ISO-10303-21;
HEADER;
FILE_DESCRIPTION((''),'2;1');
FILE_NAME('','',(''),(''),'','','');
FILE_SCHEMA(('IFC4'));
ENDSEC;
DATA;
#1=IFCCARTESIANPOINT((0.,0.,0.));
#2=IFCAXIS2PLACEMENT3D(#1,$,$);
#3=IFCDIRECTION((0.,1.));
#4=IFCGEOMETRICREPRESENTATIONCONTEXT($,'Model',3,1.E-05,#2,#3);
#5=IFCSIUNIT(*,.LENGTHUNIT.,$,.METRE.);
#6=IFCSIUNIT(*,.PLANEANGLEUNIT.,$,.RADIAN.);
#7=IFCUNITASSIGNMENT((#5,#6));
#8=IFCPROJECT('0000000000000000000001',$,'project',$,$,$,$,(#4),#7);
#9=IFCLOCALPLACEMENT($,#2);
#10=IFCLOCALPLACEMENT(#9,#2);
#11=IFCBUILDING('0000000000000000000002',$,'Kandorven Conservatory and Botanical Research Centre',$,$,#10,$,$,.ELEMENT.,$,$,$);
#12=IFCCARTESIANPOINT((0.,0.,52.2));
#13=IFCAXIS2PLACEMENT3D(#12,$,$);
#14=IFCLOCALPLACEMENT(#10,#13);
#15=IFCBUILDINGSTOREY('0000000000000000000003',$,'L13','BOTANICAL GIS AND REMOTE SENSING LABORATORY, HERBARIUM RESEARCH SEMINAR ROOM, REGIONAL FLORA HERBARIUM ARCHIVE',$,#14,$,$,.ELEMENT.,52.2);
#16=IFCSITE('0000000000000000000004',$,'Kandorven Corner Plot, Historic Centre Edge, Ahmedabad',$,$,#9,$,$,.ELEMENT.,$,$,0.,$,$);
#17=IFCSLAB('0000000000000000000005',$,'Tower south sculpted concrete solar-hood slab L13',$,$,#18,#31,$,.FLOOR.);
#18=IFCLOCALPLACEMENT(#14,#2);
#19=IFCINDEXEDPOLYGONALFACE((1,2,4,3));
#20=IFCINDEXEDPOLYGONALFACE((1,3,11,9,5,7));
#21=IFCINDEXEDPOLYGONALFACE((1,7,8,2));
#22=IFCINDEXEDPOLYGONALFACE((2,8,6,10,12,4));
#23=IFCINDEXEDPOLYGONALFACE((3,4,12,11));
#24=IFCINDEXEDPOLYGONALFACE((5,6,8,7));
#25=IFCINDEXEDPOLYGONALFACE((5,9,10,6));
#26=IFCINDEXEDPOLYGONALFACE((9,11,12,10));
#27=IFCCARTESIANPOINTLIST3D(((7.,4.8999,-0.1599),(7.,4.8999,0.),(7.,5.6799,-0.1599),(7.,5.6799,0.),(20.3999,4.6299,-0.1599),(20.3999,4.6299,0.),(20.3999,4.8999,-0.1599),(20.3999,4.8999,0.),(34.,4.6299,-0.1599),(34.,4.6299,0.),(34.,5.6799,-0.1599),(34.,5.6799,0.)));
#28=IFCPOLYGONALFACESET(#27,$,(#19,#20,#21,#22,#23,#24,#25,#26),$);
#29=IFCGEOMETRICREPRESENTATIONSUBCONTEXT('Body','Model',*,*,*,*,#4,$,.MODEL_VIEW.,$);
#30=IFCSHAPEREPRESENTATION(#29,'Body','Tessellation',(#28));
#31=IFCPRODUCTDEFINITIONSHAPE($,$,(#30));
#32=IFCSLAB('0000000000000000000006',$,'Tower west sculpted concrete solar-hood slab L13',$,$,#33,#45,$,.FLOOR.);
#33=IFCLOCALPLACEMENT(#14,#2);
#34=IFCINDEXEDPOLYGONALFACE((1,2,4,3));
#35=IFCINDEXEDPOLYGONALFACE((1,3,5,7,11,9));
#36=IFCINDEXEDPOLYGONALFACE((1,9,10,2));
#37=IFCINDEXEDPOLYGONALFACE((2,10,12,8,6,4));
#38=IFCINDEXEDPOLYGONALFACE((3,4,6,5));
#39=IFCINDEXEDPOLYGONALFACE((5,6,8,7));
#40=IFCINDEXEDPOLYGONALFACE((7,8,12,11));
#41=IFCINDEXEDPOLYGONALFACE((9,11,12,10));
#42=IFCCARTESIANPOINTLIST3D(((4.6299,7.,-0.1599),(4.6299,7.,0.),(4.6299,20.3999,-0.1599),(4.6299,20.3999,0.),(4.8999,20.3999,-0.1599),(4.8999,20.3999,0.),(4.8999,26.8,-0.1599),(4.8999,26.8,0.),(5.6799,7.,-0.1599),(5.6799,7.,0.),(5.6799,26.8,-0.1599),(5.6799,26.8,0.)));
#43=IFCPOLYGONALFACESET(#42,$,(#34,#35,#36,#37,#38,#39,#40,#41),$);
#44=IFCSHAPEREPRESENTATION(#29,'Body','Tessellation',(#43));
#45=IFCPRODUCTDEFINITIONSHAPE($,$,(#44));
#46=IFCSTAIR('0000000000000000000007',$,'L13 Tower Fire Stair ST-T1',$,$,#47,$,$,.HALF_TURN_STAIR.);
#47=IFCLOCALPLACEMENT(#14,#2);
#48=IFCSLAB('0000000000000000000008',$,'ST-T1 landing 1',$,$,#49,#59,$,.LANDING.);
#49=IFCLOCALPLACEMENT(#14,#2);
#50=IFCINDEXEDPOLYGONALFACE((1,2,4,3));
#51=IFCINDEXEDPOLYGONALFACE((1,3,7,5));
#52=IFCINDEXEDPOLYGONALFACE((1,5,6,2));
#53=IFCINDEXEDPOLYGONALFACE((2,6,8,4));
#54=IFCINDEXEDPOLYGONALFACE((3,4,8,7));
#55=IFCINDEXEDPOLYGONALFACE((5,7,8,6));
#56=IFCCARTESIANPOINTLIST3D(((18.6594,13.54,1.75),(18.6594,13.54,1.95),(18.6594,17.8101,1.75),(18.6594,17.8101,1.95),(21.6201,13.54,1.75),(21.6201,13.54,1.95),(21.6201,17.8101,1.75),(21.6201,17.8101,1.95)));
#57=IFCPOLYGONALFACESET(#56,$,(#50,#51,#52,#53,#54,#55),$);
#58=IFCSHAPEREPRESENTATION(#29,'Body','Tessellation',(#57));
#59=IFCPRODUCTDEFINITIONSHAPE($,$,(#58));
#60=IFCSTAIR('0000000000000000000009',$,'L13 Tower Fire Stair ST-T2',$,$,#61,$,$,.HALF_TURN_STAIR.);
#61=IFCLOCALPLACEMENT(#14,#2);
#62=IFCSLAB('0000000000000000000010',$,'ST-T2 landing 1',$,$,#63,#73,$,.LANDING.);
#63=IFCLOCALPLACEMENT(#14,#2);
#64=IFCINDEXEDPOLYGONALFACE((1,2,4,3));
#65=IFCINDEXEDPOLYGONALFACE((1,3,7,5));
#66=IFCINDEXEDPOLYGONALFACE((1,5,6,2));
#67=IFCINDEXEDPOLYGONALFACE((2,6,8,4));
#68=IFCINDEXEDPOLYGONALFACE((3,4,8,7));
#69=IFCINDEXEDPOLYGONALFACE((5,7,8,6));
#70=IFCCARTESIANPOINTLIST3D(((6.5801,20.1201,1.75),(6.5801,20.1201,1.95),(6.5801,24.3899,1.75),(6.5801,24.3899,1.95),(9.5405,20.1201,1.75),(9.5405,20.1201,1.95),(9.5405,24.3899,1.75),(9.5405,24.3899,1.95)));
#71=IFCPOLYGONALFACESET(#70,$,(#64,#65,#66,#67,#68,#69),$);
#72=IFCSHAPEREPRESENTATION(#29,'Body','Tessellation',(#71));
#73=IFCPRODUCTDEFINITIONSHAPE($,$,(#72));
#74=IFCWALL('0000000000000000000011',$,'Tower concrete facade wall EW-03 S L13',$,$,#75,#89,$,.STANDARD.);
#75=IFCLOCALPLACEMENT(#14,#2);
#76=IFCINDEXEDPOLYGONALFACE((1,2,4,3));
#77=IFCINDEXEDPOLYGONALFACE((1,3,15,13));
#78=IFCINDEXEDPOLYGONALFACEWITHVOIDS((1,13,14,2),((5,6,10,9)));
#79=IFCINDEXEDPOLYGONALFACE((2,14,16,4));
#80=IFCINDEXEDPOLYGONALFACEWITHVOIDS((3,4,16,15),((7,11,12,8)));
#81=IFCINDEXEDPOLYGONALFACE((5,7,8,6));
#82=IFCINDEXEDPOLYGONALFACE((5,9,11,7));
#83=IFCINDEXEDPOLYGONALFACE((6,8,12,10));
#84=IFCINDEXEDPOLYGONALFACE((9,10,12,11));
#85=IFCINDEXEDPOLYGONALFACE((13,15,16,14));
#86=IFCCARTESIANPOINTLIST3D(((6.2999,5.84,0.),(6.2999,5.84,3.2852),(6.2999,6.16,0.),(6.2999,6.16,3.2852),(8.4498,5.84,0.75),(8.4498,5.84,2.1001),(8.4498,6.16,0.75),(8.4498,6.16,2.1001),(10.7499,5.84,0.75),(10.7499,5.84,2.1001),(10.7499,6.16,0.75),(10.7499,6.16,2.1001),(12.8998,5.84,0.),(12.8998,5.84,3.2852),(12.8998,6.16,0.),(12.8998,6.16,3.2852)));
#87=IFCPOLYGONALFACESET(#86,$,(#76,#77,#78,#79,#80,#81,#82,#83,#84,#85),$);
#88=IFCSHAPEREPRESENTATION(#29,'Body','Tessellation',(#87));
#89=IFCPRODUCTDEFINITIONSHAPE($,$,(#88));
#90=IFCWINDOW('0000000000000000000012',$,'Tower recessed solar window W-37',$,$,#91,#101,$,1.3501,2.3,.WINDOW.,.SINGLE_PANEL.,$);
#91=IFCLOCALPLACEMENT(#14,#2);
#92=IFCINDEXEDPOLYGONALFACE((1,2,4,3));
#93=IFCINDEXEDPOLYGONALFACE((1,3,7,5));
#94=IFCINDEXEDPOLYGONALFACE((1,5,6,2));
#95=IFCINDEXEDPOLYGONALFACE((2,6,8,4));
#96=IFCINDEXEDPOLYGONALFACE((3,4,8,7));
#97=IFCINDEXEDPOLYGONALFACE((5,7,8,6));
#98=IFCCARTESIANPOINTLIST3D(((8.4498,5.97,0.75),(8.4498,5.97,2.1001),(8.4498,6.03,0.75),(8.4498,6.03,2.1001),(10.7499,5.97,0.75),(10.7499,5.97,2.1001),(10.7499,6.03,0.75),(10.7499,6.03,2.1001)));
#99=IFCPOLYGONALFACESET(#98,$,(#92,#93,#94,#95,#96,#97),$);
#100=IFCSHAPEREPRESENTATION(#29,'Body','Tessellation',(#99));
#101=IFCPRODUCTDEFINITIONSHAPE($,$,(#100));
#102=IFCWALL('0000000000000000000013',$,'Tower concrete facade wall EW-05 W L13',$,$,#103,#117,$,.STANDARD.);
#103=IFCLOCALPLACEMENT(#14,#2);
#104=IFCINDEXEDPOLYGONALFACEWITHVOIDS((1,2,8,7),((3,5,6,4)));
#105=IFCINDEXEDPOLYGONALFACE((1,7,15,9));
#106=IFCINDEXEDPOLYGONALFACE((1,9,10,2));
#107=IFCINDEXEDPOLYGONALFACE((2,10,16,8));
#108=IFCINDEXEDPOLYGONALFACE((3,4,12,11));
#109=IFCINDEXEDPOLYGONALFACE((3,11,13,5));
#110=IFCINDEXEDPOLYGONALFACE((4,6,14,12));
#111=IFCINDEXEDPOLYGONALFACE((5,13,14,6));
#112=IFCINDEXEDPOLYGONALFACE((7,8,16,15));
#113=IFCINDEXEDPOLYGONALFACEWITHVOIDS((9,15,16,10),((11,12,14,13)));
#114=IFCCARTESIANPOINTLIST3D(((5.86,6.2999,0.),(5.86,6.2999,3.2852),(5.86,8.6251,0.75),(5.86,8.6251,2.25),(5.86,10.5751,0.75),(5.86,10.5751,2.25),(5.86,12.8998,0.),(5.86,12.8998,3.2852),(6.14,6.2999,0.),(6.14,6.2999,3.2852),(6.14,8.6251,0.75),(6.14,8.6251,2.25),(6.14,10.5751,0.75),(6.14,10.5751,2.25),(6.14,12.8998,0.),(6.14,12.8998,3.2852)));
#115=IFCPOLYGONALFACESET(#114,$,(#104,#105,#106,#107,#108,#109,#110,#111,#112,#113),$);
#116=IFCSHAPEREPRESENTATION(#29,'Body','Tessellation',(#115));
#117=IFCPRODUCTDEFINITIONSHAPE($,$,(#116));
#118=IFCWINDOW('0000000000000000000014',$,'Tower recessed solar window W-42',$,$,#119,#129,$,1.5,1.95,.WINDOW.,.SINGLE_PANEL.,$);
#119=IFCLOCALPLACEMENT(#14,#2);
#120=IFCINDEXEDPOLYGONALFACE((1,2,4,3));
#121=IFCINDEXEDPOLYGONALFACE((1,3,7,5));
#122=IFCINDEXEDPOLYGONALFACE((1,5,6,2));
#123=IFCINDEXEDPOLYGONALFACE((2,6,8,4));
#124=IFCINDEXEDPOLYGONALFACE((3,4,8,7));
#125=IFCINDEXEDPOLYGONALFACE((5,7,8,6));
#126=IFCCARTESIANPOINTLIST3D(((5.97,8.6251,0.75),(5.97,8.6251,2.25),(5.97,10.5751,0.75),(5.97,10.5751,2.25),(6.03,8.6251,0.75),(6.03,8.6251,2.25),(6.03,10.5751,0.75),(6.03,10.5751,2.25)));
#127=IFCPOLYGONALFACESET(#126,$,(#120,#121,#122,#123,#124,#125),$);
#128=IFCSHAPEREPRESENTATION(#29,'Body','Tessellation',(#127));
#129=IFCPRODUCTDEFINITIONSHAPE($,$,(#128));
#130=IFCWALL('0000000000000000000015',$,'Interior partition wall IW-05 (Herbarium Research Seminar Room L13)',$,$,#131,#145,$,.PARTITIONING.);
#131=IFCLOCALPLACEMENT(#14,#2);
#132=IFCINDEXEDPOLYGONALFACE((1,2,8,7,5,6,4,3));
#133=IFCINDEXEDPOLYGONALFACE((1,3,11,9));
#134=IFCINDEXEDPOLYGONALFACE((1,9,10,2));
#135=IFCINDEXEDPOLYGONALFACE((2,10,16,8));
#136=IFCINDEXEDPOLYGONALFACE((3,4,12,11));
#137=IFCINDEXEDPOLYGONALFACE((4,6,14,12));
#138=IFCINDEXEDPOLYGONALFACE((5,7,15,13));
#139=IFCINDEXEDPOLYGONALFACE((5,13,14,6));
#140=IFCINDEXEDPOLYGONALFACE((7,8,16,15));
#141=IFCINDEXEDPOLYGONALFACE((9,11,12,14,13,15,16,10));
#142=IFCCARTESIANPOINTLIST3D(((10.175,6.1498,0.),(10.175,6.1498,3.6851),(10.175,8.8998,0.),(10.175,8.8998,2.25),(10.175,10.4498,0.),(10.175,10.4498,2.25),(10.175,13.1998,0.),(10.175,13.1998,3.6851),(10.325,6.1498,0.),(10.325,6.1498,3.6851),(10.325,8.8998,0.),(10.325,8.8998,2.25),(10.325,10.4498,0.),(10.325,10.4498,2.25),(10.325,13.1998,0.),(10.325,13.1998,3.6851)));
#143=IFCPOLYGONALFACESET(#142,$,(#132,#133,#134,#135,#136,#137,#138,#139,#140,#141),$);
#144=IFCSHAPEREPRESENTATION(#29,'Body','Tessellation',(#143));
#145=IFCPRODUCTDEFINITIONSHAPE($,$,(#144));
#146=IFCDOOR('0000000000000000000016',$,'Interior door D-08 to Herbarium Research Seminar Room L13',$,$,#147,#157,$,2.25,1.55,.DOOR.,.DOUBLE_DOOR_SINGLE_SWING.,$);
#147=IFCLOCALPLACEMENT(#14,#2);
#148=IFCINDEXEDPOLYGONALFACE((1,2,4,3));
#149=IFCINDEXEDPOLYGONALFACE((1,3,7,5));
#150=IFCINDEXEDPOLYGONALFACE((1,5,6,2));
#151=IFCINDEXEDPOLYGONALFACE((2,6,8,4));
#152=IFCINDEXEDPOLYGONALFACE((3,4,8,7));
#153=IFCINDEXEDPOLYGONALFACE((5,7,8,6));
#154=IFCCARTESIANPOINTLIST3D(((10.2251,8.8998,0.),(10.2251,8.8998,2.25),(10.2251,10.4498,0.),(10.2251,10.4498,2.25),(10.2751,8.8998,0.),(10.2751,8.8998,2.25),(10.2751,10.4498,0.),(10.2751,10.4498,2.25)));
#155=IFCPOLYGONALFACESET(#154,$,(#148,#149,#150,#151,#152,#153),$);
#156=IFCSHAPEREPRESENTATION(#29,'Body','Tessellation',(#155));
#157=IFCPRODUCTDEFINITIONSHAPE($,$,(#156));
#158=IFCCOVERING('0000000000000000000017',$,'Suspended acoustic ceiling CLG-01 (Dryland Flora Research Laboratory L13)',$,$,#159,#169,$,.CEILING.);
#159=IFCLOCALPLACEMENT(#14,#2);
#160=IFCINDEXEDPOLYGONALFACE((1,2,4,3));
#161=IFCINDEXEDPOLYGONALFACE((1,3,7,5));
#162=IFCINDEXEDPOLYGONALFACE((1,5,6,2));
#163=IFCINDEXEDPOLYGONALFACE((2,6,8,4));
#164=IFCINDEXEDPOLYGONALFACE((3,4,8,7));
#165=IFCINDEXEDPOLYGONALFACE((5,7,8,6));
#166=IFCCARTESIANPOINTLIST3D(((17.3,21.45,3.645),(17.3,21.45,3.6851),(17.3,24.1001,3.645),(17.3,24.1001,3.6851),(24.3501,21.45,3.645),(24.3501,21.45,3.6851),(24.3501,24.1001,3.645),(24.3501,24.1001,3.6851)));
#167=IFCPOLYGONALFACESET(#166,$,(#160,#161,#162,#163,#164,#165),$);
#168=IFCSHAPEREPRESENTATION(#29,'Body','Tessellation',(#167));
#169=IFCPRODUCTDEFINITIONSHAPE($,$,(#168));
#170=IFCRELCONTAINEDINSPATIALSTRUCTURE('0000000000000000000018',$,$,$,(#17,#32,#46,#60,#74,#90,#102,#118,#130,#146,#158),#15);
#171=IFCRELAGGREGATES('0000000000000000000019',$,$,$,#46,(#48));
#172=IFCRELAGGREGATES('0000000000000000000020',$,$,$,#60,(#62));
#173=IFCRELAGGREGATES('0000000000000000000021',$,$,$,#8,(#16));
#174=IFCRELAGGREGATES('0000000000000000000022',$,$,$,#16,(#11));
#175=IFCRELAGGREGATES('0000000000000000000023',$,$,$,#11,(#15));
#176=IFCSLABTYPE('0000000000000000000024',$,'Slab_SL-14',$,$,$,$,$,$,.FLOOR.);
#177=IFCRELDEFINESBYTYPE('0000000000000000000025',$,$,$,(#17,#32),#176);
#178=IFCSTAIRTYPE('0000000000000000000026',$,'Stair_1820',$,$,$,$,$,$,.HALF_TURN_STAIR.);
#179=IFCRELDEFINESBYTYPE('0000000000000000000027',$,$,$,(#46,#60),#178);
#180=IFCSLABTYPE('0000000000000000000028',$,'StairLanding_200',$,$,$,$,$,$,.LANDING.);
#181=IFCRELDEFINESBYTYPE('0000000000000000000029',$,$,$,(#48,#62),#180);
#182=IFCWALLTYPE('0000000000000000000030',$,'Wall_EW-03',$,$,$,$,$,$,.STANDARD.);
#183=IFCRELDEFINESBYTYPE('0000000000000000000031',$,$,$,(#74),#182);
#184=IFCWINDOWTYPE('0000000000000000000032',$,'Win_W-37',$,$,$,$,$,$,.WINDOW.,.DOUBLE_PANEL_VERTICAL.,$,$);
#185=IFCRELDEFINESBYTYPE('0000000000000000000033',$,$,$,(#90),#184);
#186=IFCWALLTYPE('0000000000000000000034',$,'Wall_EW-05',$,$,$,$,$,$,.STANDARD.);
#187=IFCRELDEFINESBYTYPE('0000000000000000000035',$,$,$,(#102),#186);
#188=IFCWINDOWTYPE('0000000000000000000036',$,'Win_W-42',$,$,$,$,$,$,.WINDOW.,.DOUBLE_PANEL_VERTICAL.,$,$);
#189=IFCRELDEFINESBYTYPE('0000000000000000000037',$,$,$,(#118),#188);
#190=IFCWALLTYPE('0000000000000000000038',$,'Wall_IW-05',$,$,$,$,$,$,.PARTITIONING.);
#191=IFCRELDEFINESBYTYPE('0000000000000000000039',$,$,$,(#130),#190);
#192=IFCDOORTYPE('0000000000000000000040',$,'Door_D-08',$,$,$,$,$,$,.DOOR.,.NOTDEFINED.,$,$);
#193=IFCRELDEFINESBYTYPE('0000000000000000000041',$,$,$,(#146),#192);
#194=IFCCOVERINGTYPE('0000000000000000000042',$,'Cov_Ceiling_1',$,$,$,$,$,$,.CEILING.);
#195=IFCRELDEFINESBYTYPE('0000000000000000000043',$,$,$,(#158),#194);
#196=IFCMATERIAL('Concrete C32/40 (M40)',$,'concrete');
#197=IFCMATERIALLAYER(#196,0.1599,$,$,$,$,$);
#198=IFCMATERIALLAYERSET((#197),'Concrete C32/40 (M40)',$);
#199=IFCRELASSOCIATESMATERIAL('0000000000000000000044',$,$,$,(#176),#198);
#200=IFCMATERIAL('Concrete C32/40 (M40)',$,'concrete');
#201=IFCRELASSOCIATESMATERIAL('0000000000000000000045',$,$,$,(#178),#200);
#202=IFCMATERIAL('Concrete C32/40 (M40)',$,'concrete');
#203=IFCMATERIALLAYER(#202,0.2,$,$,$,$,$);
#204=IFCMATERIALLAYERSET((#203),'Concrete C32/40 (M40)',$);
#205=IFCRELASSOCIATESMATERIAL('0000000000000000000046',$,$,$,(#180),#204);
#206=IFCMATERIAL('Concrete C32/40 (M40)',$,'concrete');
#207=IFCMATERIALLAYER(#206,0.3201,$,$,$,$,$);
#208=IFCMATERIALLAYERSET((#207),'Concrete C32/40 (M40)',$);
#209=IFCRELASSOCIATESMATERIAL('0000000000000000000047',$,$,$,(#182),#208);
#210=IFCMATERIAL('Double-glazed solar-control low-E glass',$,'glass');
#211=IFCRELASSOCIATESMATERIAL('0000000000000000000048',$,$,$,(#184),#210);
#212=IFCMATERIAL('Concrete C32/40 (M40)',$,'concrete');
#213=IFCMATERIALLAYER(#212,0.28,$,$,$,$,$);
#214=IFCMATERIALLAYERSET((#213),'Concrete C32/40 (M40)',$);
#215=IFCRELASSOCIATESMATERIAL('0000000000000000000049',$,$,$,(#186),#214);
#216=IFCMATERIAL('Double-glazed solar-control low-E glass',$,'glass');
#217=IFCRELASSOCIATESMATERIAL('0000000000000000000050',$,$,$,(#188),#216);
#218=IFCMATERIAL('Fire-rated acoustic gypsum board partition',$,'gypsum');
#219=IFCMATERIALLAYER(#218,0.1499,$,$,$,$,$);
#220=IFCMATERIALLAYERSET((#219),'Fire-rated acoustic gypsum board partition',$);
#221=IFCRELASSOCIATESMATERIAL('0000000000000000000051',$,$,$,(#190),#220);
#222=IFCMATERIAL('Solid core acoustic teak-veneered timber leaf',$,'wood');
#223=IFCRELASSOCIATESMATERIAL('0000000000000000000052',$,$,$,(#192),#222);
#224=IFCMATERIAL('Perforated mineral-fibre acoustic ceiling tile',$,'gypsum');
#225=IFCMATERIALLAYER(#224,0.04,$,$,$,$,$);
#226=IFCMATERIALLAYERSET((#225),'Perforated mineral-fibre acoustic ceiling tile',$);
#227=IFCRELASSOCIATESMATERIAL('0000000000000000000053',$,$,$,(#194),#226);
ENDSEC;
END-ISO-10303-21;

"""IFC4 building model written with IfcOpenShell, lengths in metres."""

from ifc_helpers import new_model, si_unit, direction, frame, frame_2d, origin, place, context, subcontext, project, spatial, polyline, rectangle, outline, extrude, material, layer, layer_set, type_object, element, fill, aggregate, save


model = new_model("IFC4")

# Units and contexts
model_context = context("Model", 3, precision=1e-05, world=origin(), true_north=direction((0.0, 1.0)))
body_context = subcontext(model_context, "Body", "Model", "MODEL_VIEW")
ifc_project = project(units=[si_unit("LENGTHUNIT", "METRE"), si_unit("PLANEANGLEUNIT", "RADIAN")], contexts=[model_context])

# Site, building, storey
site_placement = place(None, origin())
site = spatial("IfcSite", under=ifc_project, at=site_placement, Name="Kandorven Corner Plot, Historic Centre Edge, Ahmedabad", CompositionType="ELEMENT", RefElevation=0.0)
building_placement = place(site_placement, origin())
building = spatial("IfcBuilding", under=site, at=building_placement, Name="Kandorven Conservatory and Botanical Research Centre", CompositionType="ELEMENT")
storey_placement = place(building_placement, frame((0.0, 0.0, 52.2)))
storey = spatial("IfcBuildingStorey", under=building, at=storey_placement, Name="L13", Description="BOTANICAL GIS AND REMOTE SENSING LABORATORY, HERBARIUM RESEARCH SEMINAR ROOM, REGIONAL FLORA HERBARIUM ARCHIVE", CompositionType="ELEMENT", Elevation=52.2)

# Slabs
ifc_material_1 = material(Name="Concrete C32/40 (M40)", Category="concrete")
ifc_layer_1 = layer(ifc_material_1, 0.1599)
ifc_layer_set_1 = layer_set([ifc_layer_1], Name="Concrete C32/40 (M40)")
slab_type_1 = type_object("IfcSlabType", Name="Slab_SL-14", PredefinedType="FLOOR", material=ifc_layer_set_1)
slab_1_placement = place(storey_placement, frame((0.0, 0.0, -0.1599)))
element("IfcSlab", 1, at=slab_1_placement, inside=storey, type_object=slab_type_1, Name="Tower south sculpted concrete solar-hood slab L13", PredefinedType="FLOOR", context=body_context, shape_type="SweptSolid", body=[
    extrude(outline(polyline([(7.0, 5.6799), (34.0, 5.6799), (34.0, 4.6299), (20.3999, 4.6299), (20.3999, 4.8999), (7.0, 4.8999), (7.0, 5.6799)])), origin(), (0.0, 0.0, 1.0), 0.1599),
])
slab_2_placement = place(storey_placement, frame((0.0, 0.0, -0.1599)))
element("IfcSlab", 2, at=slab_2_placement, inside=storey, type_object=slab_type_1, Name="Tower west sculpted concrete solar-hood slab L13", PredefinedType="FLOOR", context=body_context, shape_type="SweptSolid", body=[
    extrude(outline(polyline([(4.6299, 7.0), (5.6799, 7.0), (5.6799, 26.8), (4.8999, 26.8), (4.8999, 20.3999), (4.6299, 20.3999), (4.6299, 7.0)])), origin(), (0.0, 0.0, 1.0), 0.1599),
])

# Stairs, slabs
ifc_material_2 = material(Name="Concrete C32/40 (M40)", Category="concrete")
stair_type = type_object("IfcStairType", Name="Stair_1820", PredefinedType="HALF_TURN_STAIR", material=ifc_material_2)
stair_1_placement = place(storey_placement, origin())
stair_1 = element("IfcStair", 3, at=stair_1_placement, inside=storey, type_object=stair_type, Name="L13 Tower Fire Stair ST-T1", PredefinedType="HALF_TURN_STAIR")
ifc_material_3 = material(Name="Concrete C32/40 (M40)", Category="concrete")
ifc_layer_2 = layer(ifc_material_3, 0.2)
ifc_layer_set_2 = layer_set([ifc_layer_2], Name="Concrete C32/40 (M40)")
slab_type_2 = type_object("IfcSlabType", Name="StairLanding_200", PredefinedType="LANDING", material=ifc_layer_set_2)
slab_3_placement = place(storey_placement, frame((0.0, 0.0, 1.75)))
slab_3 = element("IfcSlab", 4, at=slab_3_placement, type_object=slab_type_2, Name="ST-T1 landing 1", PredefinedType="LANDING", context=body_context, shape_type="SweptSolid", body=[
    extrude(outline(polyline([(18.6594, 13.54), (21.6201, 13.54), (21.6201, 17.8101), (18.6594, 17.8101), (18.6594, 13.54)])), origin(), (0.0, 0.0, 1.0), 0.2),
])
aggregate(stair_1, [slab_3])
stair_2_placement = place(storey_placement, origin())
stair_2 = element("IfcStair", 5, at=stair_2_placement, inside=storey, type_object=stair_type, Name="L13 Tower Fire Stair ST-T2", PredefinedType="HALF_TURN_STAIR")
slab_4_placement = place(storey_placement, frame((0.0, 0.0, 1.75)))
slab_4 = element("IfcSlab", 6, at=slab_4_placement, type_object=slab_type_2, Name="ST-T2 landing 1", PredefinedType="LANDING", context=body_context, shape_type="SweptSolid", body=[
    extrude(outline(polyline([(9.5405, 24.3899), (6.5801, 24.3899), (6.5801, 20.1201), (9.5405, 20.1201), (9.5405, 24.3899)])), origin(), (0.0, 0.0, 1.0), 0.2),
])
aggregate(stair_2, [slab_4])

# Walls, openings, windows
ifc_material_4 = material(Name="Concrete C32/40 (M40)", Category="concrete")
ifc_layer_3 = layer(ifc_material_4, 0.3201)
ifc_layer_set_3 = layer_set([ifc_layer_3], Name="Concrete C32/40 (M40)")
wall_type_1 = type_object("IfcWallType", Name="Wall_EW-03", PredefinedType="STANDARD", material=ifc_layer_set_3)
wall_1_placement = place(storey_placement, frame((6.3, 6.0, 0.0), z_axis=(0.0, 0.0, 1.0), x_axis=(1.0, 0.0, 0.0)))
wall_1 = element("IfcWall", 7, at=wall_1_placement, inside=storey, type_object=wall_type_1, Name="Tower concrete facade wall EW-03 S L13", PredefinedType="STANDARD", context=body_context, shape_type="SweptSolid", body=[
    extrude(rectangle(XDim=6.5999, YDim=0.3201, at=frame_2d((3.2998, 0.0))), origin(), (0.0, 0.0, 1.0), 3.2852),
])
opening_1_placement = place(wall_1_placement, frame((2.1499, 0.0, 0.75)))
opening_1 = element("IfcOpeningElement", 8, at=opening_1_placement, cuts=wall_1, PredefinedType="OPENING", context=body_context, shape_type="SweptSolid", body=[
    extrude(rectangle(XDim=2.3, YDim=1.3501, at=frame_2d((1.1499, 0.675))), frame((0.0, 0.1699, 0.0), z_axis=(0.0, -1.0, 0.0), x_axis=(1.0, 0.0, 0.0)), (0.0, 0.0, 1.0), 0.3401),
])
ifc_material_5 = material(Name="Double-glazed solar-control low-E glass", Category="glass")
window_type_1 = type_object("IfcWindowType", Name="Win_W-37", PartitioningType="DOUBLE_PANEL_VERTICAL", PredefinedType="WINDOW", material=ifc_material_5)
window_1_placement = place(opening_1_placement, origin())
window_1 = element("IfcWindow", 9, at=window_1_placement, inside=storey, type_object=window_type_1, Name="Tower recessed solar window W-37", OverallHeight=1.3501, OverallWidth=2.3, PartitioningType="SINGLE_PANEL", PredefinedType="WINDOW", context=body_context, shape_type="SweptSolid", body=[
    extrude(rectangle(XDim=2.3, YDim=1.3501, at=frame_2d((1.1499, 0.675))), frame((0.0, 0.03, 0.0), z_axis=(0.0, -1.0, 0.0), x_axis=(1.0, 0.0, 0.0)), (0.0, 0.0, 1.0), 0.0601),
])
fill(opening_1, window_1)
ifc_material_6 = material(Name="Concrete C32/40 (M40)", Category="concrete")
ifc_layer_4 = layer(ifc_material_6, 0.28)
ifc_layer_set_4 = layer_set([ifc_layer_4], Name="Concrete C32/40 (M40)")
wall_type_2 = type_object("IfcWallType", Name="Wall_EW-05", PredefinedType="STANDARD", material=ifc_layer_set_4)
wall_2_placement = place(storey_placement, frame((6.0, 6.3, 0.0), z_axis=(0.0, 0.0, 1.0), x_axis=(0.0, 1.0, 0.0)))
wall_2 = element("IfcWall", 10, at=wall_2_placement, inside=storey, type_object=wall_type_2, Name="Tower concrete facade wall EW-05 W L13", PredefinedType="STANDARD", context=body_context, shape_type="SweptSolid", body=[
    extrude(rectangle(XDim=6.5999, YDim=0.28, at=frame_2d((3.2998, 0.0))), origin(), (0.0, 0.0, 1.0), 3.2852),
])
opening_2_placement = place(wall_2_placement, frame((2.325, 0.0, 0.75)))
opening_2 = element("IfcOpeningElement", 11, at=opening_2_placement, cuts=wall_2, PredefinedType="OPENING", context=body_context, shape_type="SweptSolid", body=[
    extrude(rectangle(XDim=1.95, YDim=1.5, at=frame_2d((0.9751, 0.75))), frame((0.0, 0.1499, 0.0), z_axis=(0.0, -1.0, 0.0), x_axis=(1.0, 0.0, 0.0)), (0.0, 0.0, 1.0), 0.3),
])
ifc_material_7 = material(Name="Double-glazed solar-control low-E glass", Category="glass")
window_type_2 = type_object("IfcWindowType", Name="Win_W-42", PartitioningType="DOUBLE_PANEL_VERTICAL", PredefinedType="WINDOW", material=ifc_material_7)
window_2_placement = place(opening_2_placement, origin())
window_2 = element("IfcWindow", 12, at=window_2_placement, inside=storey, type_object=window_type_2, Name="Tower recessed solar window W-42", OverallHeight=1.5, OverallWidth=1.95, PartitioningType="SINGLE_PANEL", PredefinedType="WINDOW", context=body_context, shape_type="SweptSolid", body=[
    extrude(rectangle(XDim=1.95, YDim=1.5, at=frame_2d((0.9751, 0.75))), frame((0.0, 0.03, 0.0), z_axis=(0.0, -1.0, 0.0), x_axis=(1.0, 0.0, 0.0)), (0.0, 0.0, 1.0), 0.0601),
])
fill(opening_2, window_2)

# Wall, opening, door
ifc_material_8 = material(Name="Fire-rated acoustic gypsum board partition", Category="gypsum")
ifc_layer_5 = layer(ifc_material_8, 0.1499)
ifc_layer_set_5 = layer_set([ifc_layer_5], Name="Fire-rated acoustic gypsum board partition")
wall_type_3 = type_object("IfcWallType", Name="Wall_IW-05", PredefinedType="PARTITIONING", material=ifc_layer_set_5)
wall_3_placement = place(storey_placement, frame((10.25, 6.1499, 0.0), z_axis=(0.0, 0.0, 1.0), x_axis=(0.0, 1.0, 0.0)))
wall_3 = element("IfcWall", 13, at=wall_3_placement, inside=storey, type_object=wall_type_3, Name="Interior partition wall IW-05 (Herbarium Research Seminar Room L13)", PredefinedType="PARTITIONING", context=body_context, shape_type="SweptSolid", body=[
    extrude(rectangle(XDim=7.05, YDim=0.1499, at=frame_2d((3.5249, 0.0))), origin(), (0.0, 0.0, 1.0), 3.6851),
])
opening_3_placement = place(wall_3_placement, frame((2.75, 0.0, 0.0)))
opening_3 = element("IfcOpeningElement", 14, at=opening_3_placement, cuts=wall_3, PredefinedType="OPENING", context=body_context, shape_type="SweptSolid", body=[
    extrude(rectangle(XDim=1.55, YDim=2.25, at=frame_2d((0.7749, 1.125))), frame((0.0, 0.085, 0.0), z_axis=(0.0, -1.0, 0.0), x_axis=(1.0, 0.0, 0.0)), (0.0, 0.0, 1.0), 0.1699),
])
ifc_material_9 = material(Name="Solid core acoustic teak-veneered timber leaf", Category="wood")
door_type = type_object("IfcDoorType", Name="Door_D-08", OperationType="NOTDEFINED", PredefinedType="DOOR", material=ifc_material_9)
door_placement = place(opening_3_placement, origin())
door = element("IfcDoor", 15, at=door_placement, inside=storey, type_object=door_type, Name="Interior door D-08 to Herbarium Research Seminar Room L13", OperationType="DOUBLE_DOOR_SINGLE_SWING", OverallHeight=2.25, OverallWidth=1.55, PredefinedType="DOOR", context=body_context, shape_type="SweptSolid", body=[
    extrude(rectangle(XDim=1.55, YDim=2.25, at=frame_2d((0.7749, 1.125))), frame((0.0, 0.0249, 0.0), z_axis=(0.0, -1.0, 0.0), x_axis=(1.0, 0.0, 0.0)), (0.0, 0.0, 1.0), 0.05),
])
fill(opening_3, door)

# Covering
ifc_material_10 = material(Name="Perforated mineral-fibre acoustic ceiling tile", Category="gypsum")
ifc_layer_6 = layer(ifc_material_10, 0.04)
ifc_layer_set_6 = layer_set([ifc_layer_6], Name="Perforated mineral-fibre acoustic ceiling tile")
covering_type_1 = type_object("IfcCoveringType", Name="Cov_Ceiling_1", PredefinedType="CEILING", material=ifc_layer_set_6)
covering_1_placement = place(storey_placement, frame((0.0, 0.0, 3.645)))
element("IfcCovering", 16, at=covering_1_placement, inside=storey, type_object=covering_type_1, Name="Suspended acoustic ceiling CLG-01 (Dryland Flora Research Laboratory L13)", PredefinedType="CEILING", context=body_context, shape_type="SweptSolid", body=[
    extrude(outline(polyline([(17.3, 21.45), (24.3501, 21.45), (24.3501, 24.1001), (17.3, 24.1001), (17.3, 21.45)])), origin(), (0.0, 0.0, 1.0), 0.04),
])

save(model, "model.ifc")
